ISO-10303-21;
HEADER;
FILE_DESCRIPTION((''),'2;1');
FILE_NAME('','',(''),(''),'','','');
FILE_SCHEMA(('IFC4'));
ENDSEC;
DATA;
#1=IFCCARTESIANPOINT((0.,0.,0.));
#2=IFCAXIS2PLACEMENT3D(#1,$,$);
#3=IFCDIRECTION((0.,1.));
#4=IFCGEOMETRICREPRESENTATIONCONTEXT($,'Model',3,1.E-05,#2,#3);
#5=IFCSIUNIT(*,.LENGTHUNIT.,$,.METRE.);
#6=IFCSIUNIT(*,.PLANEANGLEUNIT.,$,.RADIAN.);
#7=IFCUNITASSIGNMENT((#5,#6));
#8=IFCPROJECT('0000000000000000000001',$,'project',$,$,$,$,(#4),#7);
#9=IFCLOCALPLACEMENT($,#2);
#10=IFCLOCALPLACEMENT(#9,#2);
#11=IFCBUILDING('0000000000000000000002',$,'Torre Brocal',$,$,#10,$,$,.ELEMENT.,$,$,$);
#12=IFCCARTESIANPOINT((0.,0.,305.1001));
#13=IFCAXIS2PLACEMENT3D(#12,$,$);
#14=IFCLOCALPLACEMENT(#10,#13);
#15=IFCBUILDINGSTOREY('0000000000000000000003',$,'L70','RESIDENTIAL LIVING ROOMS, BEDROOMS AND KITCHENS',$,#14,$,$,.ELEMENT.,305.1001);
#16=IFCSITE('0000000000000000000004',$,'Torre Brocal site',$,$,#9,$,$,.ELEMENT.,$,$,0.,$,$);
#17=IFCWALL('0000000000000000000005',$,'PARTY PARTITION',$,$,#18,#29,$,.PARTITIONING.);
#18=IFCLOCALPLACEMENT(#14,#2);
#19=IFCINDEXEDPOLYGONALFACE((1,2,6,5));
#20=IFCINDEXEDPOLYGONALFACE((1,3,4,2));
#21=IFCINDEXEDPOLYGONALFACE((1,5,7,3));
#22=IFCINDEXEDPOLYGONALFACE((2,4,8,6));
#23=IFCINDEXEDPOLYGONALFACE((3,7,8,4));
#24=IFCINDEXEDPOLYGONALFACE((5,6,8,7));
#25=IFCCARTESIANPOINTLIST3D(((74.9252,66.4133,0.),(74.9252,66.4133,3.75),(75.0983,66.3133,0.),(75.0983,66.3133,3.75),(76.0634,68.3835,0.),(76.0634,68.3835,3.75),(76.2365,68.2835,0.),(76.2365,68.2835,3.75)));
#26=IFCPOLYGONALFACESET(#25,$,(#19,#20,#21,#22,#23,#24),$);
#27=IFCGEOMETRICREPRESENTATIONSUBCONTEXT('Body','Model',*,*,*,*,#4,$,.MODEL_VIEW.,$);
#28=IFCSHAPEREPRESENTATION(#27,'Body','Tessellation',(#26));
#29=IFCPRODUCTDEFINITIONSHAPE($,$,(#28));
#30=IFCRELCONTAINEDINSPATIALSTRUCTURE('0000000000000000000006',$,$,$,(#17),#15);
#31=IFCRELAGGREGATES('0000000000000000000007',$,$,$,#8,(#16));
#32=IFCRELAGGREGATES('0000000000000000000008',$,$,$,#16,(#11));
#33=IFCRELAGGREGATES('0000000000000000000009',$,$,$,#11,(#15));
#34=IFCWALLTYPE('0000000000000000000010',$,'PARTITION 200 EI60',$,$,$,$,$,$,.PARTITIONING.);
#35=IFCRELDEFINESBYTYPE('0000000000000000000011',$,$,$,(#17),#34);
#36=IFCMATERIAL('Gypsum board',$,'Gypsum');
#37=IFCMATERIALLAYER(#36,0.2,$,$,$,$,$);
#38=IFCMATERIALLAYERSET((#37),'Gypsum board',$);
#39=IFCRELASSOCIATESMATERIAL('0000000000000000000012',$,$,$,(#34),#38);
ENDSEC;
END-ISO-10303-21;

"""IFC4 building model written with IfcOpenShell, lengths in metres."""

from ifc_helpers import new_model, si_unit, direction, frame, frame_2d, origin, place, context, subcontext, project, spatial, rectangle, extrude, material, layer, layer_set, type_object, element, save


model = new_model("IFC4")

# Units and contexts
model_context = context("Model", 3, precision=1e-05, world=origin(), true_north=direction((0.0, 1.0)))
body_context = subcontext(model_context, "Body", "Model", "MODEL_VIEW")
ifc_project = project(units=[si_unit("LENGTHUNIT", "METRE"), si_unit("PLANEANGLEUNIT", "RADIAN")], contexts=[model_context])

# Site, building, storey
site_placement = place(None, origin())
site = spatial("IfcSite", under=ifc_project, at=site_placement, Name="Torre Brocal site", CompositionType="ELEMENT", RefElevation=0.0)
building_placement = place(site_placement, origin())
building = spatial("IfcBuilding", under=site, at=building_placement, Name="Torre Brocal", CompositionType="ELEMENT")
storey_placement = place(building_placement, frame((0.0, 0.0, 305.1001)))
storey = spatial("IfcBuildingStorey", under=building, at=storey_placement, Name="L70", Description="RESIDENTIAL LIVING ROOMS, BEDROOMS AND KITCHENS", CompositionType="ELEMENT", Elevation=305.1001)

# Shared definitions
ifc_material_1 = material(Name="Gypsum board", Category="Gypsum")
ifc_layer_1 = layer(ifc_material_1, 0.2)
ifc_layer_set_1 = layer_set([ifc_layer_1], Name="Gypsum board")
wall_type_1 = type_object("IfcWallType", Name="PARTITION 200 EI60", PredefinedType="PARTITIONING", material=ifc_layer_set_1)

# Wall
wall_1_placement = place(storey_placement, frame((75.0117, 66.3633, 0.0), z_axis=(0.0, 0.0, 1.0), x_axis=(0.500224, 0.865896, 0.0)))
element("IfcWall", 1, at=wall_1_placement, inside=storey, type_object=wall_type_1, Name="PARTY PARTITION", PredefinedType="PARTITIONING", context=body_context, shape_type="SweptSolid", body=[
    extrude(rectangle(XDim=2.2754, YDim=0.2, at=frame_2d((1.1377, 0.0))), origin(), (0.0, 0.0, 1.0), 3.75),
])

save(model, "model.ifc")
